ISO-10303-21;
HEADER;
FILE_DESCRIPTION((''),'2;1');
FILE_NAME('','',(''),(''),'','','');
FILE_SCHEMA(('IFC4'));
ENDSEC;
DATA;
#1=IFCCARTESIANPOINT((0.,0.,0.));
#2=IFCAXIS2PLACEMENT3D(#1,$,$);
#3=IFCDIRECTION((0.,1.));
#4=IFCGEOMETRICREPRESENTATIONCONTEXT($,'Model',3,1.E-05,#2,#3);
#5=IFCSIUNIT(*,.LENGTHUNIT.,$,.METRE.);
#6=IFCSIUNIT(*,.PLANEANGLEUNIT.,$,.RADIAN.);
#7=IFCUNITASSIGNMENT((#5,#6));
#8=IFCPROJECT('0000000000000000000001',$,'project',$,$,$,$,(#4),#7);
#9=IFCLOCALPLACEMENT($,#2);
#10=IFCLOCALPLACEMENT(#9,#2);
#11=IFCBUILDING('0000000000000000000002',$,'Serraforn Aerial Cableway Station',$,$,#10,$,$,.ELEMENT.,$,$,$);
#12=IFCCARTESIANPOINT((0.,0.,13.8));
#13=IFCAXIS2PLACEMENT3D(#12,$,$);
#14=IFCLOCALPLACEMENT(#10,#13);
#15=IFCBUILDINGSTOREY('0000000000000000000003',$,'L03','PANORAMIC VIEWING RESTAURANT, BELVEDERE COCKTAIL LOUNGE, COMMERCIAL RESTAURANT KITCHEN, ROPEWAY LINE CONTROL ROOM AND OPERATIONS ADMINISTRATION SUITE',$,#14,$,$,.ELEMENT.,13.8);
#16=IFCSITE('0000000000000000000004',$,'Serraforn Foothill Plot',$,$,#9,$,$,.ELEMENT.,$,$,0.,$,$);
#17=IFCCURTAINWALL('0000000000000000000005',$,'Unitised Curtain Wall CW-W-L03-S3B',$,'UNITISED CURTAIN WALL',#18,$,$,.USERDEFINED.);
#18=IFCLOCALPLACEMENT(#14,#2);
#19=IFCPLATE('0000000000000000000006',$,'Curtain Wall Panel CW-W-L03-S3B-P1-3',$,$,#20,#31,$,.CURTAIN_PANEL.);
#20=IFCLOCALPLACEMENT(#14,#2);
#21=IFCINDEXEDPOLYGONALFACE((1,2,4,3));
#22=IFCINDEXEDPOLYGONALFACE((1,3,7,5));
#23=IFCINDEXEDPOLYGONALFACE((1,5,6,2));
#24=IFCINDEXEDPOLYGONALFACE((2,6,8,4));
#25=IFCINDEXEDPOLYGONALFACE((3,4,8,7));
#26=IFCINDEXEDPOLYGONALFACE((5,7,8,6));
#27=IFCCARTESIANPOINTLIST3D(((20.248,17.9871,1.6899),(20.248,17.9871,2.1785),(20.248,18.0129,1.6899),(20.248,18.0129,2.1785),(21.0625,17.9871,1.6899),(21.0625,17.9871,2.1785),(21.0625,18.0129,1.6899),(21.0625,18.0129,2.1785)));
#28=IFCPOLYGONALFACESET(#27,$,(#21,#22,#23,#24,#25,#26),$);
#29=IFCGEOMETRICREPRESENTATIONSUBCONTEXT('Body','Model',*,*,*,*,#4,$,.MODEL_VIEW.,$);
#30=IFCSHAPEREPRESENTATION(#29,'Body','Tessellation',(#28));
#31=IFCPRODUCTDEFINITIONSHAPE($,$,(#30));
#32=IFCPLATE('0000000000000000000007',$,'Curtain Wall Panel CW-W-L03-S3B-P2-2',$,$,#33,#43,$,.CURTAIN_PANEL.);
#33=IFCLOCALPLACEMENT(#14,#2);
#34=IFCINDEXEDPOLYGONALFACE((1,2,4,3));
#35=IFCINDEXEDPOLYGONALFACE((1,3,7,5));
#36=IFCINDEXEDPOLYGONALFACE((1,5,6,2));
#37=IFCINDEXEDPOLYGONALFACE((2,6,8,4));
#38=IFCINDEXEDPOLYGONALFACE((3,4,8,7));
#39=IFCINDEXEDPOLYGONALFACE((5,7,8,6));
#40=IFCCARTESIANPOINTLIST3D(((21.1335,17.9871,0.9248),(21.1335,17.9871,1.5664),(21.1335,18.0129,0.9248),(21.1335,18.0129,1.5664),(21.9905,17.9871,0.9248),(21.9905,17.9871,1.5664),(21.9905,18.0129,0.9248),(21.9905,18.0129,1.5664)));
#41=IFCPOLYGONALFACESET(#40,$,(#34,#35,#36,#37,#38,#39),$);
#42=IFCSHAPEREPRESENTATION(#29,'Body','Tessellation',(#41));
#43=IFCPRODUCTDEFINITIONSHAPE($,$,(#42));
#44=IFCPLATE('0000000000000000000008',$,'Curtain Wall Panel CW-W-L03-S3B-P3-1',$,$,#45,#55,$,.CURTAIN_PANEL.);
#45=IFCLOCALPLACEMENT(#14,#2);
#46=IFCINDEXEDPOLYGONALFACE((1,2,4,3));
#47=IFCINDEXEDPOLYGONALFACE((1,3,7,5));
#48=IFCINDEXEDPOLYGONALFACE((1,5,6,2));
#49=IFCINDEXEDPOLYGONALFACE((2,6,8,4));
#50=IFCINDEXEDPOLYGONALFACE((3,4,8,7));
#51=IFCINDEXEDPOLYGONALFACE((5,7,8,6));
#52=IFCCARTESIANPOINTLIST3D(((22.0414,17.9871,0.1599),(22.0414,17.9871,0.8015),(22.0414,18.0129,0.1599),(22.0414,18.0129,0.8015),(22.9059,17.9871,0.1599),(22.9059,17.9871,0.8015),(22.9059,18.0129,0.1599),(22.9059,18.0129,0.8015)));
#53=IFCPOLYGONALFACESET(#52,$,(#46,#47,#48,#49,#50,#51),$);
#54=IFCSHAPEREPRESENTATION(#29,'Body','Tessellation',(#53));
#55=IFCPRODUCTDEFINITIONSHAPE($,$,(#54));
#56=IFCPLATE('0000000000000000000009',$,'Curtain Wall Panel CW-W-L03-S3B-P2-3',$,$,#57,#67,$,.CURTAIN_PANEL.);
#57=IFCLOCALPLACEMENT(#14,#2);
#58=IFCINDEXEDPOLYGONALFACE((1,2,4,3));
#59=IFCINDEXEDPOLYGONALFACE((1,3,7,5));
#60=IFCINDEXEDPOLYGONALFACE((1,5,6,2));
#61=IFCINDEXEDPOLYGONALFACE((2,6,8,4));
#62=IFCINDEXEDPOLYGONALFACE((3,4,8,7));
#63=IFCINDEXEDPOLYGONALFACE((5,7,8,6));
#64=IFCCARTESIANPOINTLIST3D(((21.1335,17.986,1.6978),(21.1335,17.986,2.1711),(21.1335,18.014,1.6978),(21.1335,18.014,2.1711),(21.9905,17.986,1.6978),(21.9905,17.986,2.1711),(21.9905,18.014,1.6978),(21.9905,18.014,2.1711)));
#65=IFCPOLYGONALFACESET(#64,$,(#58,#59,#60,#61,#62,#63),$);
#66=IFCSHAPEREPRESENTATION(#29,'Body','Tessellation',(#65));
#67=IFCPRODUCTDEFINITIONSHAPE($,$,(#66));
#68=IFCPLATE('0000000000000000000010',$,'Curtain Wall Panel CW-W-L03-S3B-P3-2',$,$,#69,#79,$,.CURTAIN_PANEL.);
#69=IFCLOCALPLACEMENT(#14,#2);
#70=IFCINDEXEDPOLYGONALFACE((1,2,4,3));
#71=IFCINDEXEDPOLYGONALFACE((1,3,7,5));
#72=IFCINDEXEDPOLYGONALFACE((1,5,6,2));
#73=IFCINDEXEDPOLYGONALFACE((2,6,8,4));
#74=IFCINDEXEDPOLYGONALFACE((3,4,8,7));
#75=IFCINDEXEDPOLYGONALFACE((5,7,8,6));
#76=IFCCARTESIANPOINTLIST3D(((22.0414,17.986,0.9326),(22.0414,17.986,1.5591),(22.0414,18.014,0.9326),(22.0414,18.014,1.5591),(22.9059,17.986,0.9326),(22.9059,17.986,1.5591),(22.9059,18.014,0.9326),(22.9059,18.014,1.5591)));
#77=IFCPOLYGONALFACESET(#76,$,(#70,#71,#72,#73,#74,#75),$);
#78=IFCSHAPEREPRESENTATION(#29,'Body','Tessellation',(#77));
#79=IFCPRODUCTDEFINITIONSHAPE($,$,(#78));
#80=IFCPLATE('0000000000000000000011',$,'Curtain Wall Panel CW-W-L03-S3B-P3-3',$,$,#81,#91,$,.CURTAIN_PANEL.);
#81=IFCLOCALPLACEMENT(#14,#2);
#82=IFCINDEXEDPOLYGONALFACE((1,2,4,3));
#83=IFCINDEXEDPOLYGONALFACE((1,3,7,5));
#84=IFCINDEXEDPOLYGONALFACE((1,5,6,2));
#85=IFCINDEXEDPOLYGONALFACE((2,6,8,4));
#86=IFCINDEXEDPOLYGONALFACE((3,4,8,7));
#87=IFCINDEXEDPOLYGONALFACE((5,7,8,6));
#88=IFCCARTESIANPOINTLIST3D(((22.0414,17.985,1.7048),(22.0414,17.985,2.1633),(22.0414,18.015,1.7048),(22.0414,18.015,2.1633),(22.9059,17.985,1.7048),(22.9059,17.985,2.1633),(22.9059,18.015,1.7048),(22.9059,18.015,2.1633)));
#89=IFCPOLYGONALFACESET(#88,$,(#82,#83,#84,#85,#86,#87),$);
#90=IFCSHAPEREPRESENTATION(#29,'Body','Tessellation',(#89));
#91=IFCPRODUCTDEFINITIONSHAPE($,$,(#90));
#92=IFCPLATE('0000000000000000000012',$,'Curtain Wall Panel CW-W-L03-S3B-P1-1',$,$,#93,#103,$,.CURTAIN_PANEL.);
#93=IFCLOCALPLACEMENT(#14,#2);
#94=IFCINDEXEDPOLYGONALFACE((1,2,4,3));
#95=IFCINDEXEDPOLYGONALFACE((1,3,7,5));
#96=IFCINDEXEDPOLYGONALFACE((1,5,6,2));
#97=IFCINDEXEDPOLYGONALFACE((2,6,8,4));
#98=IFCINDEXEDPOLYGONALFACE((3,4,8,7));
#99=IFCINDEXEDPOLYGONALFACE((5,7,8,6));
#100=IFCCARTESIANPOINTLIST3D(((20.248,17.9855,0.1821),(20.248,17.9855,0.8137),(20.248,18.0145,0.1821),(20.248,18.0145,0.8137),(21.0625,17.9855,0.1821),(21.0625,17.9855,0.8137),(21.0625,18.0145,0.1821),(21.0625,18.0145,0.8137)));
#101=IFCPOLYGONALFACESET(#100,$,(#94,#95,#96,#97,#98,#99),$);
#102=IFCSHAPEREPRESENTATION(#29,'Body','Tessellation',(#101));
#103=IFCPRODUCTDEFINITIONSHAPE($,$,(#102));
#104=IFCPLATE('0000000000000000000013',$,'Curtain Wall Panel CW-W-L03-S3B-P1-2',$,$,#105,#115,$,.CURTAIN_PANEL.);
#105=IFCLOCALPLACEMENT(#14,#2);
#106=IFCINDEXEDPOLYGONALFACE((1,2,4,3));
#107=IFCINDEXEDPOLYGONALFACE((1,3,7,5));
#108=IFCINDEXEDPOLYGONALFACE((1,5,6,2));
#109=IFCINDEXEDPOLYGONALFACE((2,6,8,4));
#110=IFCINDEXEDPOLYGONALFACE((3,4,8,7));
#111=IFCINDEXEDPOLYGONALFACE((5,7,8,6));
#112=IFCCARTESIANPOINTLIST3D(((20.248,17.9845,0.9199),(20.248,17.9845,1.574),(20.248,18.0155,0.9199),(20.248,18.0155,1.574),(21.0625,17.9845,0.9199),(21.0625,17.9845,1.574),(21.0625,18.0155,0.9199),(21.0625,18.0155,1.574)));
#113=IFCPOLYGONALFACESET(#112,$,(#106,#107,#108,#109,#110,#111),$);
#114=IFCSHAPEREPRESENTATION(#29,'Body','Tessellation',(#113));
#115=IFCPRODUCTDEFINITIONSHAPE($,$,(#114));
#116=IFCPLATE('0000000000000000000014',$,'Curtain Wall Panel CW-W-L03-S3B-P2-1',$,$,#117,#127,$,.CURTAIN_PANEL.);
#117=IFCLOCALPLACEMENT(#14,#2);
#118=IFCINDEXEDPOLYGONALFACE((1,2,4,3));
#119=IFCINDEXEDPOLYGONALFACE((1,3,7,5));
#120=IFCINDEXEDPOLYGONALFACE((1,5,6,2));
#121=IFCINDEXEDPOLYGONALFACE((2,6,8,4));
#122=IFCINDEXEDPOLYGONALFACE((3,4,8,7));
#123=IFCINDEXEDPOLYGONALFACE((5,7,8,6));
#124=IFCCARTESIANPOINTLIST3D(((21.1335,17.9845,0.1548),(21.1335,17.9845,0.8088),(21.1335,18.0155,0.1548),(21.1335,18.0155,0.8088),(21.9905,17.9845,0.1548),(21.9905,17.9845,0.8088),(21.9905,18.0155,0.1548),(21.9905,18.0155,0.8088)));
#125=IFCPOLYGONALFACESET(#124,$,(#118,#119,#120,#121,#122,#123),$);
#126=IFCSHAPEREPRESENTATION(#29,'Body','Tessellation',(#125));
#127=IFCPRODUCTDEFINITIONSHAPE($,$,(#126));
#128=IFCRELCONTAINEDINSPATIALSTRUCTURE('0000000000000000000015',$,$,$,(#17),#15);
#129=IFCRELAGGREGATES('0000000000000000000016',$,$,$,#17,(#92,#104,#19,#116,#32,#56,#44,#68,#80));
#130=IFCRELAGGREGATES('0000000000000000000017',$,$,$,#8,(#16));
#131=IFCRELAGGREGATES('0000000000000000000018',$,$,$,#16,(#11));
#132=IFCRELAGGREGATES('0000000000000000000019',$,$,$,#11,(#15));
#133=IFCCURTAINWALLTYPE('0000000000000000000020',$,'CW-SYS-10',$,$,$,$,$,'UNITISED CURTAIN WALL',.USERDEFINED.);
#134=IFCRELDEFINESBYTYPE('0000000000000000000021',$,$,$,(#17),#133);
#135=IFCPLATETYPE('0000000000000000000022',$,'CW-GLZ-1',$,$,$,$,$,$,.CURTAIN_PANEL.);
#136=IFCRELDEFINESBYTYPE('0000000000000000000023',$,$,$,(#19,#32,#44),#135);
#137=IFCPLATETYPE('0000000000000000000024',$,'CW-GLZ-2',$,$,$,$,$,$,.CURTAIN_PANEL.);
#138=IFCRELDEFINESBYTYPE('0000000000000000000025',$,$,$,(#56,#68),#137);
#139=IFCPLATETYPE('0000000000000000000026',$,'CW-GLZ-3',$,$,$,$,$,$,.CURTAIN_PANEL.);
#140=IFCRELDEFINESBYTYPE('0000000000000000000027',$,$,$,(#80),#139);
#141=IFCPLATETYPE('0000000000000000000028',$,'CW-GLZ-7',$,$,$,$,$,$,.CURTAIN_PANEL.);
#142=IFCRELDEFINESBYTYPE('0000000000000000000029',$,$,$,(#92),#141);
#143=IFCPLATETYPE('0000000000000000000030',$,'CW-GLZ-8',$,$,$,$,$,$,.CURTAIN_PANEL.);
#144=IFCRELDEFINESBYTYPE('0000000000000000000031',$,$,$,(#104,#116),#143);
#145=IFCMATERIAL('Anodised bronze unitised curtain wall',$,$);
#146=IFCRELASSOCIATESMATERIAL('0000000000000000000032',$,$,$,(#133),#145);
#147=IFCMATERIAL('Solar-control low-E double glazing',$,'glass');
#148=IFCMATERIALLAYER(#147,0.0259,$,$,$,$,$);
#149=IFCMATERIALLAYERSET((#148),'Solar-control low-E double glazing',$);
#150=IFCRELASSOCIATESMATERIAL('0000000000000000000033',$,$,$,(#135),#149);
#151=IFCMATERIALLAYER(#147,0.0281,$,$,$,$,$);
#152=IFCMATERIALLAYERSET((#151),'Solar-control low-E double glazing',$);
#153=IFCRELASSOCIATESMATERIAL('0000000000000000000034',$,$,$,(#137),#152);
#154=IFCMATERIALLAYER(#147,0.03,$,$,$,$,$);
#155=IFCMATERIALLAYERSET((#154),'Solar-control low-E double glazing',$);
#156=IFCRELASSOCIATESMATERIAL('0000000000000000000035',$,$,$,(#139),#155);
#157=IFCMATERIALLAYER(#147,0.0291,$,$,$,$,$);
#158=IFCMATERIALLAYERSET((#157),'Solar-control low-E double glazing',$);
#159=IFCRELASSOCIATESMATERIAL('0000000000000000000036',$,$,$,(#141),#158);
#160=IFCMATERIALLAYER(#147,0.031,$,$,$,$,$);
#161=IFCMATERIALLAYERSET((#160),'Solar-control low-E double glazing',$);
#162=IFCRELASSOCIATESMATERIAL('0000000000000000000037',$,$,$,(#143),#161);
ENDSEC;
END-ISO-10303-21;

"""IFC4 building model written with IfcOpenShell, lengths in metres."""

from ifc_helpers import new_model, si_unit, direction, frame, origin, origin_2d, place, context, subcontext, project, spatial, rectangle, extrude, material, layer, layer_set, type_object, element, aggregate, save


model = new_model("IFC4")

# Units and contexts
model_context = context("Model", 3, precision=1e-05, world=origin(), true_north=direction((0.0, 1.0)))
body_context = subcontext(model_context, "Body", "Model", "MODEL_VIEW")
ifc_project = project(units=[si_unit("LENGTHUNIT", "METRE"), si_unit("PLANEANGLEUNIT", "RADIAN")], contexts=[model_context])

# Site, building, storey
site_placement = place(None, origin())
site = spatial("IfcSite", under=ifc_project, at=site_placement, Name="Serraforn Foothill Plot", CompositionType="ELEMENT", RefElevation=0.0)
building_placement = place(site_placement, origin())
building = spatial("IfcBuilding", under=site, at=building_placement, Name="Serraforn Aerial Cableway Station", CompositionType="ELEMENT")
storey_placement = place(building_placement, frame((0.0, 0.0, 13.8)))
storey = spatial("IfcBuildingStorey", under=building, at=storey_placement, Name="L03", Description="PANORAMIC VIEWING RESTAURANT, BELVEDERE COCKTAIL LOUNGE, COMMERCIAL RESTAURANT KITCHEN, ROPEWAY LINE CONTROL ROOM AND OPERATIONS ADMINISTRATION SUITE", CompositionType="ELEMENT", Elevation=13.8)

# Curtain wall, plates
ifc_material_1 = material(Name="Anodised bronze unitised curtain wall")
curtain_wall_type = type_object("IfcCurtainWallType", Name="CW-SYS-10", ElementType="UNITISED CURTAIN WALL", PredefinedType="USERDEFINED", material=ifc_material_1)
curtain_wall_placement = place(storey_placement, origin())
curtain_wall = element("IfcCurtainWall", 1, at=curtain_wall_placement, inside=storey, type_object=curtain_wall_type, Name="Unitised Curtain Wall CW-W-L03-S3B", ObjectType="UNITISED CURTAIN WALL", PredefinedType="USERDEFINED")
ifc_material_2 = material(Name="Solar-control low-E double glazing", Category="glass")
ifc_layer_1 = layer(ifc_material_2, 0.0259)
ifc_layer_set_1 = layer_set([ifc_layer_1], Name="Solar-control low-E double glazing")
plate_type_1 = type_object("IfcPlateType", Name="CW-GLZ-1", PredefinedType="CURTAIN_PANEL", material=ifc_layer_set_1)
plate_1_placement = place(storey_placement, frame((20.6553, 18.0, 1.6899), z_axis=(0.0, 0.0, 1.0), x_axis=(1.0, 0.0, 0.0)))
plate_1 = element("IfcPlate", 2, at=plate_1_placement, type_object=plate_type_1, Name="Curtain Wall Panel CW-W-L03-S3B-P1-3", PredefinedType="CURTAIN_PANEL", context=body_context, shape_type="SweptSolid", body=[
    extrude(rectangle(XDim=0.8145, YDim=0.0259, at=origin_2d()), origin(), (0.0, 0.0, 1.0), 0.4885),
])
plate_2_placement = place(storey_placement, frame((21.562, 18.0, 0.9248), z_axis=(0.0, 0.0, 1.0), x_axis=(1.0, 0.0, 0.0)))
plate_2 = element("IfcPlate", 3, at=plate_2_placement, type_object=plate_type_1, Name="Curtain Wall Panel CW-W-L03-S3B-P2-2", PredefinedType="CURTAIN_PANEL", context=body_context, shape_type="SweptSolid", body=[
    extrude(rectangle(XDim=0.8569, YDim=0.0259, at=origin_2d()), origin(), (0.0, 0.0, 1.0), 0.6416),
])
plate_3_placement = place(storey_placement, frame((22.4736, 18.0, 0.1599), z_axis=(0.0, 0.0, 1.0), x_axis=(1.0, 0.0, 0.0)))
plate_3 = element("IfcPlate", 4, at=plate_3_placement, type_object=plate_type_1, Name="Curtain Wall Panel CW-W-L03-S3B-P3-1", PredefinedType="CURTAIN_PANEL", context=body_context, shape_type="SweptSolid", body=[
    extrude(rectangle(XDim=0.8645, YDim=0.0259, at=origin_2d()), origin(), (0.0, 0.0, 1.0), 0.6416),
])
ifc_layer_2 = layer(ifc_material_2, 0.0281)
ifc_layer_set_2 = layer_set([ifc_layer_2], Name="Solar-control low-E double glazing")
plate_type_2 = type_object("IfcPlateType", Name="CW-GLZ-2", PredefinedType="CURTAIN_PANEL", material=ifc_layer_set_2)
plate_4_placement = place(storey_placement, frame((21.562, 18.0, 1.6978), z_axis=(0.0, 0.0, 1.0), x_axis=(1.0, 0.0, 0.0)))
plate_4 = element("IfcPlate", 5, at=plate_4_placement, type_object=plate_type_2, Name="Curtain Wall Panel CW-W-L03-S3B-P2-3", PredefinedType="CURTAIN_PANEL", context=body_context, shape_type="SweptSolid", body=[
    extrude(rectangle(XDim=0.8569, YDim=0.0281, at=origin_2d()), origin(), (0.0, 0.0, 1.0), 0.4734),
])
plate_5_placement = place(storey_placement, frame((22.4736, 18.0, 0.9326), z_axis=(0.0, 0.0, 1.0), x_axis=(1.0, 0.0, 0.0)))
plate_5 = element("IfcPlate", 6, at=plate_5_placement, type_object=plate_type_2, Name="Curtain Wall Panel CW-W-L03-S3B-P3-2", PredefinedType="CURTAIN_PANEL", context=body_context, shape_type="SweptSolid", body=[
    extrude(rectangle(XDim=0.8645, YDim=0.0281, at=origin_2d()), origin(), (0.0, 0.0, 1.0), 0.6265),
])
ifc_layer_3 = layer(ifc_material_2, 0.03)
ifc_layer_set_3 = layer_set([ifc_layer_3], Name="Solar-control low-E double glazing")
plate_type_3 = type_object("IfcPlateType", Name="CW-GLZ-3", PredefinedType="CURTAIN_PANEL", material=ifc_layer_set_3)
plate_6_placement = place(storey_placement, frame((22.4736, 18.0, 1.7048), z_axis=(0.0, 0.0, 1.0), x_axis=(1.0, 0.0, 0.0)))
plate_6 = element("IfcPlate", 7, at=plate_6_placement, type_object=plate_type_3, Name="Curtain Wall Panel CW-W-L03-S3B-P3-3", PredefinedType="CURTAIN_PANEL", context=body_context, shape_type="SweptSolid", body=[
    extrude(rectangle(XDim=0.8645, YDim=0.03, at=origin_2d()), origin(), (0.0, 0.0, 1.0), 0.4585),
])
ifc_layer_4 = layer(ifc_material_2, 0.0291)
ifc_layer_set_4 = layer_set([ifc_layer_4], Name="Solar-control low-E double glazing")
plate_type_4 = type_object("IfcPlateType", Name="CW-GLZ-7", PredefinedType="CURTAIN_PANEL", material=ifc_layer_set_4)
plate_7_placement = place(storey_placement, frame((20.6553, 18.0, 0.1821), z_axis=(0.0, 0.0, 1.0), x_axis=(1.0, 0.0, 0.0)))
plate_7 = element("IfcPlate", 8, at=plate_7_placement, type_object=plate_type_4, Name="Curtain Wall Panel CW-W-L03-S3B-P1-1", PredefinedType="CURTAIN_PANEL", context=body_context, shape_type="SweptSolid", body=[
    extrude(rectangle(XDim=0.8145, YDim=0.0291, at=origin_2d()), origin(), (0.0, 0.0, 1.0), 0.6316),
])
ifc_layer_5 = layer(ifc_material_2, 0.031)
ifc_layer_set_5 = layer_set([ifc_layer_5], Name="Solar-control low-E double glazing")
plate_type_5 = type_object("IfcPlateType", Name="CW-GLZ-8", PredefinedType="CURTAIN_PANEL", material=ifc_layer_set_5)
plate_8_placement = place(storey_placement, frame((20.6553, 18.0, 0.9199), z_axis=(0.0, 0.0, 1.0), x_axis=(1.0, 0.0, 0.0)))
plate_8 = element("IfcPlate", 9, at=plate_8_placement, type_object=plate_type_5, Name="Curtain Wall Panel CW-W-L03-S3B-P1-2", PredefinedType="CURTAIN_PANEL", context=body_context, shape_type="SweptSolid", body=[
    extrude(rectangle(XDim=0.8145, YDim=0.031, at=origin_2d()), origin(), (0.0, 0.0, 1.0), 0.6541),
])
plate_9_placement = place(storey_placement, frame((21.562, 18.0, 0.1548), z_axis=(0.0, 0.0, 1.0), x_axis=(1.0, 0.0, 0.0)))
plate_9 = element("IfcPlate", 10, at=plate_9_placement, type_object=plate_type_5, Name="Curtain Wall Panel CW-W-L03-S3B-P2-1", PredefinedType="CURTAIN_PANEL", context=body_context, shape_type="SweptSolid", body=[
    extrude(rectangle(XDim=0.8569, YDim=0.031, at=origin_2d()), origin(), (0.0, 0.0, 1.0), 0.6541),
])
aggregate(curtain_wall, [plate_7, plate_8, plate_1, plate_9, plate_2, plate_4, plate_3, plate_5, plate_6])

save(model, "model.ifc")
